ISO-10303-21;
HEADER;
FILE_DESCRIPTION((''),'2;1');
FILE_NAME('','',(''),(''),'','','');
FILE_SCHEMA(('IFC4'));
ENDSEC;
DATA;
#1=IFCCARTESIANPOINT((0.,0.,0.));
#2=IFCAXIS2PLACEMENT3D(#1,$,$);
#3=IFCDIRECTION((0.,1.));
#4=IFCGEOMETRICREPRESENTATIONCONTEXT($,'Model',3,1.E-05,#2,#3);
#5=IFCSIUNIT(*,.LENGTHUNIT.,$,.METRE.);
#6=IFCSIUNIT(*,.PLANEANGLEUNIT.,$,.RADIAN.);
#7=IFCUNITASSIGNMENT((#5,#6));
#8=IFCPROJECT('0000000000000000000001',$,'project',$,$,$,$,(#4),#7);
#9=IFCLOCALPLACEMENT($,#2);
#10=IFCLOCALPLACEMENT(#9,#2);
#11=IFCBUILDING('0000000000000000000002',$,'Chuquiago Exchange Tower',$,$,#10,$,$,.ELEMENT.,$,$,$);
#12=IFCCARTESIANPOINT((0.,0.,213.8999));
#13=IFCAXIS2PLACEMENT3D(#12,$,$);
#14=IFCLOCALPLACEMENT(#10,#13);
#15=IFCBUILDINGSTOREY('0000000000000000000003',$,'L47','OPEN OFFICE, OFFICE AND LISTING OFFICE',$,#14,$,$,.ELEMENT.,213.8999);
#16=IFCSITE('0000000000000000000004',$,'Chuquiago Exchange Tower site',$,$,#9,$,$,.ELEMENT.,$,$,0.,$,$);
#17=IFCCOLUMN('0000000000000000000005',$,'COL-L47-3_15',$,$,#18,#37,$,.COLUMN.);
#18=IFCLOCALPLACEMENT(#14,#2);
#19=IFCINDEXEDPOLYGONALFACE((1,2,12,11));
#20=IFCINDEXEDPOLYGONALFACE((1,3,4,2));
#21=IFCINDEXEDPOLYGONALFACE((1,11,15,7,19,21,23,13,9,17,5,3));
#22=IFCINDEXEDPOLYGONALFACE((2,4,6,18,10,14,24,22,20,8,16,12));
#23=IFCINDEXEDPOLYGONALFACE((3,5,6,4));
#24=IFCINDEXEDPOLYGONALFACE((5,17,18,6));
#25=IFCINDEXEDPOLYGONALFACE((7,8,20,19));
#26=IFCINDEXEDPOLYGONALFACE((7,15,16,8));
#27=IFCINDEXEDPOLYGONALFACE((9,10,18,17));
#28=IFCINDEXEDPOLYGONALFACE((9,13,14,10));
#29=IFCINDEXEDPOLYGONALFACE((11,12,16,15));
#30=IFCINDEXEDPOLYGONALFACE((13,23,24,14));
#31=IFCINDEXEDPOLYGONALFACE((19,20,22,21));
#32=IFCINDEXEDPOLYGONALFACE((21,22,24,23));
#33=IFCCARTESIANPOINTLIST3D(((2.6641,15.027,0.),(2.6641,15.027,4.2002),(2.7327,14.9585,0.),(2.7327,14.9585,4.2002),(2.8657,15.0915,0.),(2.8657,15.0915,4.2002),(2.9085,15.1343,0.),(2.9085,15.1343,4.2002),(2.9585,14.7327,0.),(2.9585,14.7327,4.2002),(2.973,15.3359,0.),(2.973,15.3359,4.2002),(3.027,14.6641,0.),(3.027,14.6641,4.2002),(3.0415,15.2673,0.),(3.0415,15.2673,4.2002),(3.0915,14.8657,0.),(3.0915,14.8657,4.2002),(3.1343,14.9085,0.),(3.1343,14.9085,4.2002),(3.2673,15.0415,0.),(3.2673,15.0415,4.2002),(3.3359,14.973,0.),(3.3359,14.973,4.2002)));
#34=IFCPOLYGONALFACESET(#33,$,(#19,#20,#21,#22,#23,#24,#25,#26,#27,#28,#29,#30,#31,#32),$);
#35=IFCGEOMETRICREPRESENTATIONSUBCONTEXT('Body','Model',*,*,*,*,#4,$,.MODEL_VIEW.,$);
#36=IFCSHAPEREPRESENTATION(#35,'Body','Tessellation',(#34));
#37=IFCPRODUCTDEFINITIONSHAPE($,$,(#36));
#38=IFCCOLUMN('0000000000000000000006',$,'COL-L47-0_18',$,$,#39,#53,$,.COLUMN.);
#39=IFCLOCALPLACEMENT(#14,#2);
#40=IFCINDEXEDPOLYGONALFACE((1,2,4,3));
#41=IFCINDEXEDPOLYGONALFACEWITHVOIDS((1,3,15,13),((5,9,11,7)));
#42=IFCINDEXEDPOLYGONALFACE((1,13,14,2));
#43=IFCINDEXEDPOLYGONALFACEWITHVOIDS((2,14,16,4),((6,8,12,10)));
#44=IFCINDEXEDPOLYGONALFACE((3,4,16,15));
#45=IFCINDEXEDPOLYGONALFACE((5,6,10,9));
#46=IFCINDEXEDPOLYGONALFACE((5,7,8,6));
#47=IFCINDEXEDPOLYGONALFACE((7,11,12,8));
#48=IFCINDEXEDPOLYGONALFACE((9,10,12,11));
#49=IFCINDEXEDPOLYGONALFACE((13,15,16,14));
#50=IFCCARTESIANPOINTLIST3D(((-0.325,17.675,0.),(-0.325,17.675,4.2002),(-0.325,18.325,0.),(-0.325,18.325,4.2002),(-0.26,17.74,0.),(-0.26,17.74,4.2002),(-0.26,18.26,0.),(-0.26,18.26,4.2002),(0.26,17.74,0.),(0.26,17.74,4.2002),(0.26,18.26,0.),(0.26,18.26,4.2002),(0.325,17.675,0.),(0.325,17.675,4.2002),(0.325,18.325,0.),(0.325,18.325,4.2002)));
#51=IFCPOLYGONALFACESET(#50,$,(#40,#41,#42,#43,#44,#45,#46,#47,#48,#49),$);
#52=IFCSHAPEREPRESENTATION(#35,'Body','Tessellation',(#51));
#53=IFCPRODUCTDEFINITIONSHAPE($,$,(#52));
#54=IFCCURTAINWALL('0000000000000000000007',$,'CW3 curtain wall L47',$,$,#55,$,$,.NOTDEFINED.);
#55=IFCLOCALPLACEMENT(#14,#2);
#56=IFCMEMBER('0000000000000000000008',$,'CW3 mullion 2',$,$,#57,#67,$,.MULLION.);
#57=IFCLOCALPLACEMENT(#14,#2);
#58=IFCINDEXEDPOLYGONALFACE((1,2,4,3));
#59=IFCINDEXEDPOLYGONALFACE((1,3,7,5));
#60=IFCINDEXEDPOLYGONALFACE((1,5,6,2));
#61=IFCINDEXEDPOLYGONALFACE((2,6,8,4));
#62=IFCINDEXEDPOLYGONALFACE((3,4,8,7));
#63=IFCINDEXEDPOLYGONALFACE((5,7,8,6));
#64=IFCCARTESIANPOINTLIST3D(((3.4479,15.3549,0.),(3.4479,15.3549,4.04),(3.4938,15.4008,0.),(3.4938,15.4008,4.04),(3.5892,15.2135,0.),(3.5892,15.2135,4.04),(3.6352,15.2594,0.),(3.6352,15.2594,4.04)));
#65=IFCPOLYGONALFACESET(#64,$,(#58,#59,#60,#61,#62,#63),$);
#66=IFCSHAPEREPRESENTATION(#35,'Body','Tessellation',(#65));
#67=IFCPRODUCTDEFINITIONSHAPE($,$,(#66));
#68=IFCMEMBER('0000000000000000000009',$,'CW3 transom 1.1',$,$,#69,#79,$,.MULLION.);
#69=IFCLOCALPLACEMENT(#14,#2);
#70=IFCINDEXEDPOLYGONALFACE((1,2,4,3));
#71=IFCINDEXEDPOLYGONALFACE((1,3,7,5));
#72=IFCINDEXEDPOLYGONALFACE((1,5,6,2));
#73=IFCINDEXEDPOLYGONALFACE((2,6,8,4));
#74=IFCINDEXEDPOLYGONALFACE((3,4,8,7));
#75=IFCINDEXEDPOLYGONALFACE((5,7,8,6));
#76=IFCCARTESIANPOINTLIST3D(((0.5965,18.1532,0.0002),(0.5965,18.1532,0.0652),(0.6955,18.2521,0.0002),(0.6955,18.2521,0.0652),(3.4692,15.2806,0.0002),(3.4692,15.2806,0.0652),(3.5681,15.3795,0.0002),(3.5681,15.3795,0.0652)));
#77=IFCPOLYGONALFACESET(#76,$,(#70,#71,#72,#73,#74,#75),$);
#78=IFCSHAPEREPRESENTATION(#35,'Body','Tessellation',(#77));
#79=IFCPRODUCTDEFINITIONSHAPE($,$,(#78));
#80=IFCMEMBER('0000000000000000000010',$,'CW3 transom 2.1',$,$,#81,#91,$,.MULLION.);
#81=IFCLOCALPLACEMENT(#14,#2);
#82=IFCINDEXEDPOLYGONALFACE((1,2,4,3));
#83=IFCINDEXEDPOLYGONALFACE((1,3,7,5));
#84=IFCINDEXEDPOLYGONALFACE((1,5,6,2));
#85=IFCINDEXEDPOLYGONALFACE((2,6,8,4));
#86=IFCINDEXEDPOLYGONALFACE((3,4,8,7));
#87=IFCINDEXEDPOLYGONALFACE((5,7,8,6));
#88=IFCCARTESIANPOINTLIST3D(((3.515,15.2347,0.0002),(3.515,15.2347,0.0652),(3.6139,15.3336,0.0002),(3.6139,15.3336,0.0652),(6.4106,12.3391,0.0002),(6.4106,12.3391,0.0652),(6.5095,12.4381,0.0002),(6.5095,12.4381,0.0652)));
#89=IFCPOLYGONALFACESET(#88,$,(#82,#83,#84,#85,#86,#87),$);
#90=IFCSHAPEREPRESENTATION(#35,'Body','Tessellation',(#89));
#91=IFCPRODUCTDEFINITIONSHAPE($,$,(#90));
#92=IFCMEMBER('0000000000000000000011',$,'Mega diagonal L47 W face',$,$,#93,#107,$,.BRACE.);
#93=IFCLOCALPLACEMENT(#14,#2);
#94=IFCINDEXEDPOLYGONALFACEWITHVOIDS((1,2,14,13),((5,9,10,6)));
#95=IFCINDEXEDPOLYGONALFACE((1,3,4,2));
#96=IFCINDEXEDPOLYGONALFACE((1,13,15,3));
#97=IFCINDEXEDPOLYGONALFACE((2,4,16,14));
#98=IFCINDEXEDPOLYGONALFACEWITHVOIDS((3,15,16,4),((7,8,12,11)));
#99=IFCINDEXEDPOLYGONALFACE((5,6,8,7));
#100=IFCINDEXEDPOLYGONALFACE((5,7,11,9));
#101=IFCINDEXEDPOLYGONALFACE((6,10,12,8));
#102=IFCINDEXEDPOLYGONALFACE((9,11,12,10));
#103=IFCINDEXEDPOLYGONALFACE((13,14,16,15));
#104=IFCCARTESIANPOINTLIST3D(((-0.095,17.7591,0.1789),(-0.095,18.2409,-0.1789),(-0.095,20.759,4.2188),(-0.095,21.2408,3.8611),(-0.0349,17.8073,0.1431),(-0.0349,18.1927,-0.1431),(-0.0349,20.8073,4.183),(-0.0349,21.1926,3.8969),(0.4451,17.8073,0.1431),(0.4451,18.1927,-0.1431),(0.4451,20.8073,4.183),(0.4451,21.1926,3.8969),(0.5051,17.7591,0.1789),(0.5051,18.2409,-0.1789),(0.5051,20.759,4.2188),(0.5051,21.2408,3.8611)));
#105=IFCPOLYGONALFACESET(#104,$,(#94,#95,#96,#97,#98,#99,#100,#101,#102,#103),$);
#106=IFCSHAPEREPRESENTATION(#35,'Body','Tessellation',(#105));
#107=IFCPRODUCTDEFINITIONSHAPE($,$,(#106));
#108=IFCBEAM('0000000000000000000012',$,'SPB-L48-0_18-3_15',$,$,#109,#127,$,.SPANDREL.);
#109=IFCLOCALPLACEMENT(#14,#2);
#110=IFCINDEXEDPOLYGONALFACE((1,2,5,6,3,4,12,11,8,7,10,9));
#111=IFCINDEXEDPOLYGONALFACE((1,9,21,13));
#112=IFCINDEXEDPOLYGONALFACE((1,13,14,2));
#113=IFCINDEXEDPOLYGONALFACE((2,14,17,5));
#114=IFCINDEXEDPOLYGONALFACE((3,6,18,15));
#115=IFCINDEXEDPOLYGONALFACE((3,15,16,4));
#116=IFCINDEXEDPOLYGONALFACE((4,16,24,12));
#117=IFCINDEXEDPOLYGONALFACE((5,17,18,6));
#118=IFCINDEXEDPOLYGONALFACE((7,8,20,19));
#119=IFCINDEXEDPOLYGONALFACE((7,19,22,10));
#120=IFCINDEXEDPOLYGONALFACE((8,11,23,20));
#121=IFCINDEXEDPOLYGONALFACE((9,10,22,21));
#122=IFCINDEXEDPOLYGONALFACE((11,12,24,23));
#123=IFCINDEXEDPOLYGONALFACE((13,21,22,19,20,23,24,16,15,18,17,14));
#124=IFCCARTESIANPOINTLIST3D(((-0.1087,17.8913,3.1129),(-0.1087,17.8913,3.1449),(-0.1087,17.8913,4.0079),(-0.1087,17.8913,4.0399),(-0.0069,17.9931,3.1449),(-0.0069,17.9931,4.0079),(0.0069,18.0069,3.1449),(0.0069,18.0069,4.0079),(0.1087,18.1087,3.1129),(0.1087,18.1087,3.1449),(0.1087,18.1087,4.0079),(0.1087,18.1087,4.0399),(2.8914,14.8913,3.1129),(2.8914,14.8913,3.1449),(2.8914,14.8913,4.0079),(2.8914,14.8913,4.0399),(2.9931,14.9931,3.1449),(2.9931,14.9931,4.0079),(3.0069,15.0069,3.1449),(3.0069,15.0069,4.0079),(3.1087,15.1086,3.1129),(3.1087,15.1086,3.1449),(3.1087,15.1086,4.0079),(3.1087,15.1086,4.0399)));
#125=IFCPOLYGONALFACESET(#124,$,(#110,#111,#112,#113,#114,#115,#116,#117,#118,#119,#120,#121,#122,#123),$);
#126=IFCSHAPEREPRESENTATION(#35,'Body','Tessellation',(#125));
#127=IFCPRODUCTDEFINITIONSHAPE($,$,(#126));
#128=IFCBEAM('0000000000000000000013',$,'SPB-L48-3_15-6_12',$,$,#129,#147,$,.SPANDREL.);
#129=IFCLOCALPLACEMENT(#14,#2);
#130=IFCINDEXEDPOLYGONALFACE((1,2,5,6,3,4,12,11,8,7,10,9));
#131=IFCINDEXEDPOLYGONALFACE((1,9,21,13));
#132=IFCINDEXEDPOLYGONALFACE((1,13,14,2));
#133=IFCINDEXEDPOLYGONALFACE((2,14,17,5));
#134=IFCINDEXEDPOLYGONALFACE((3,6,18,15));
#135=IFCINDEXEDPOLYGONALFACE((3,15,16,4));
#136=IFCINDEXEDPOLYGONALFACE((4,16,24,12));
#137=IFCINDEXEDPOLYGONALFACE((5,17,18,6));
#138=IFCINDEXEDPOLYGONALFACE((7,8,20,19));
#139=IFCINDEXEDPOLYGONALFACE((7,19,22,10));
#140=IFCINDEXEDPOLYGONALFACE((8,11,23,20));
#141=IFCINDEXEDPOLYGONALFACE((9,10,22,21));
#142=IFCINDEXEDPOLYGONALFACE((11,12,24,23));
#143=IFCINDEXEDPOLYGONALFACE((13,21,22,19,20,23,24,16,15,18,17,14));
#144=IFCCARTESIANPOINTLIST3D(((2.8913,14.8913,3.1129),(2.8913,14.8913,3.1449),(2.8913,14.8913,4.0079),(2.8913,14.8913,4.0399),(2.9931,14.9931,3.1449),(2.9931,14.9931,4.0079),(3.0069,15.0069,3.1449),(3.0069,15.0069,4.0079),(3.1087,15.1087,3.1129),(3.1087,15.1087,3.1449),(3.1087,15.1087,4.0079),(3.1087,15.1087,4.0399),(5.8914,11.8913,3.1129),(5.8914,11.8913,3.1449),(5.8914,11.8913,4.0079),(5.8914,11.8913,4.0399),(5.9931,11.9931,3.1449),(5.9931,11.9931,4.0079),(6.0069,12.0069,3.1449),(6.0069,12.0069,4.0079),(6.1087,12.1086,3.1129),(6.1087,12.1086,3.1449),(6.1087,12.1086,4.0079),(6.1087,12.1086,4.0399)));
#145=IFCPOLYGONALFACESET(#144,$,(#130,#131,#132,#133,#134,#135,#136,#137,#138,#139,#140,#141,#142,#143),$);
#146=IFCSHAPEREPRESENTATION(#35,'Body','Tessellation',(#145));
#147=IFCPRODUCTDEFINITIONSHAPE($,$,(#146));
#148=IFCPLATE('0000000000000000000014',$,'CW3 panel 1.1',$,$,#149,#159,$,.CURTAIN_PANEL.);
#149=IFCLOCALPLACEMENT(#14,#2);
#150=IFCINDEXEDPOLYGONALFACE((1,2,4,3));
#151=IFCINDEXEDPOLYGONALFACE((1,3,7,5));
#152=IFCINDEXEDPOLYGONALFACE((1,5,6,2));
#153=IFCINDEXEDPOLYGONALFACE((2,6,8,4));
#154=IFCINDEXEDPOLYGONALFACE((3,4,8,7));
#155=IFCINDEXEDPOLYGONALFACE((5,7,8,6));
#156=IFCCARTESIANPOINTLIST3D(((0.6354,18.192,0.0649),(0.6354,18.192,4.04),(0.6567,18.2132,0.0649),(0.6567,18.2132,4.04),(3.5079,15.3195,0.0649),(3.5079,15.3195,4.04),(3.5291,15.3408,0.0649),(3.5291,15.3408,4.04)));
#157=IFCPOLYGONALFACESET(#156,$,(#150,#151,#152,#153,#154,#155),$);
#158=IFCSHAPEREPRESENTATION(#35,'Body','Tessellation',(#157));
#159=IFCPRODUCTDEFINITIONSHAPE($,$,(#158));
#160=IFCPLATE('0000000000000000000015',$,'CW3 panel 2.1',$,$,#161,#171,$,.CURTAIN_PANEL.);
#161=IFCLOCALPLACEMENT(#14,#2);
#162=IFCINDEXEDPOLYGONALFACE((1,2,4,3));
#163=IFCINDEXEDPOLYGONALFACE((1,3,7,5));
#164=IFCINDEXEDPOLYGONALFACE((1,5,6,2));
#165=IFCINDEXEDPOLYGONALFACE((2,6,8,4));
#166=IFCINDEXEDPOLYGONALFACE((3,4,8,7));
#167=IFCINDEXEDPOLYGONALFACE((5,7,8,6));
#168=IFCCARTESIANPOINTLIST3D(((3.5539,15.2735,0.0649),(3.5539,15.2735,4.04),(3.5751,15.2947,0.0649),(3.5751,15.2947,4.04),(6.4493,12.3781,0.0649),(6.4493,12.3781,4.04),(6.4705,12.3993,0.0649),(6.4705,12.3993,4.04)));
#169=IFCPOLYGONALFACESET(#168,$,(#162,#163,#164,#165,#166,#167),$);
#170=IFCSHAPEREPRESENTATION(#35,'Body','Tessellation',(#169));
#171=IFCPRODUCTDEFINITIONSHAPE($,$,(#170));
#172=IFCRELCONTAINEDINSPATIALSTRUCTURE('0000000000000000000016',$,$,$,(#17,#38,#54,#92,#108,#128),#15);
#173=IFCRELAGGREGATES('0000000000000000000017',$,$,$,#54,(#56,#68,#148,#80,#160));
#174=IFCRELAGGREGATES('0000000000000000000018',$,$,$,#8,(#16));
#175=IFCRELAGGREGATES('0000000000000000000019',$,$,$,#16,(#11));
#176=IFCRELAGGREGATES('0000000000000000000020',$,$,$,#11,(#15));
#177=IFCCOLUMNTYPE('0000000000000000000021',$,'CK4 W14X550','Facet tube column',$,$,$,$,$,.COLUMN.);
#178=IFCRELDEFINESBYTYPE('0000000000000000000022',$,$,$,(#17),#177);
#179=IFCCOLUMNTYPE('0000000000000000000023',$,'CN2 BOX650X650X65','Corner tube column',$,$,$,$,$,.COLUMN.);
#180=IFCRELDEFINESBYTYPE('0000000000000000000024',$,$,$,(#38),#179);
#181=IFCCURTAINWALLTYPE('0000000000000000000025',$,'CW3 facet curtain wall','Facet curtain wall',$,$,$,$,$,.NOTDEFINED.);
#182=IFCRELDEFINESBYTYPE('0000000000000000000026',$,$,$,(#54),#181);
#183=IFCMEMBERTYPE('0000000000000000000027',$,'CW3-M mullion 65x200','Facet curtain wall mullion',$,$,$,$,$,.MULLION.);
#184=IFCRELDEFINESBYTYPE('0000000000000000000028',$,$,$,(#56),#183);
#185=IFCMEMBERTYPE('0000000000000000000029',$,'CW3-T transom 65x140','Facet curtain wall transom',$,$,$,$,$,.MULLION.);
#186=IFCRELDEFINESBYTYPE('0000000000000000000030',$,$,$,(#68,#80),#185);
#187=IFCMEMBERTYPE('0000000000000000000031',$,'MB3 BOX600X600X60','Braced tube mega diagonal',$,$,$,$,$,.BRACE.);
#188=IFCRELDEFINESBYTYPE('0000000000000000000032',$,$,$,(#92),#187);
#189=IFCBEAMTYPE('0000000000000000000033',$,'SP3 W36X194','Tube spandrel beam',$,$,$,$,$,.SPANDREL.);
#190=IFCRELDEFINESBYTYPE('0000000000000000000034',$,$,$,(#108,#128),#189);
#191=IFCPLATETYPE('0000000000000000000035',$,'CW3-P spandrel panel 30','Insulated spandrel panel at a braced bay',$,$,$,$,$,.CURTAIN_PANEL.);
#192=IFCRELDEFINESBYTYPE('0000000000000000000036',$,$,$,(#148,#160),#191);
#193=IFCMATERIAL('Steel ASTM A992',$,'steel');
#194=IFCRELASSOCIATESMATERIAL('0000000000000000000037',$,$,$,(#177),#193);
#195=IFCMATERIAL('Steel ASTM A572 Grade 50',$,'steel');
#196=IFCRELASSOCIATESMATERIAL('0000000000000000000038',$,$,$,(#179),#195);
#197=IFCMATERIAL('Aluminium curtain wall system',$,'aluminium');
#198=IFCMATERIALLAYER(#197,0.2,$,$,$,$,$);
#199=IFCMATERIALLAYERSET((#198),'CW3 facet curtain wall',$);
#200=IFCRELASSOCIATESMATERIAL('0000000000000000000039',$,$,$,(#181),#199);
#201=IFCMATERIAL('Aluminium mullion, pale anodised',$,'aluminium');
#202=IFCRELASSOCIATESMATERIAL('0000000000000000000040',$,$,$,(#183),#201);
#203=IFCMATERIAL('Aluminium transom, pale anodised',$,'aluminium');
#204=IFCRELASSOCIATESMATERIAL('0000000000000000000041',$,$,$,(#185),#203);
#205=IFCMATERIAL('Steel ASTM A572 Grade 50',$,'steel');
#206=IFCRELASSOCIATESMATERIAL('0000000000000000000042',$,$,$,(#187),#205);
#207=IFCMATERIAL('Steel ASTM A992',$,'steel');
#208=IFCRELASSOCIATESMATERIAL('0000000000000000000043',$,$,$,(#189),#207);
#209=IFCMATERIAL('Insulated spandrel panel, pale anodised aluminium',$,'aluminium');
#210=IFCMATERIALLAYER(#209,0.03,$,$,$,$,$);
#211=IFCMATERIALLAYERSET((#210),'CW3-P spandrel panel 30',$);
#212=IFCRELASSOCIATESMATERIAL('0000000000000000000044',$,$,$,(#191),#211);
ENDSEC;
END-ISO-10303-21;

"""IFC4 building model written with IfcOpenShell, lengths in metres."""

from ifc_helpers import new_model, si_unit, direction, frame, origin, origin_2d, place, context, subcontext, project, spatial, rectangle, hollow_rectangle, i_section, extrude, material, layer, layer_set, material_profile, profile_set, type_object, element, aggregate, save


model = new_model("IFC4")

# Units and contexts
model_context = context("Model", 3, precision=1e-05, world=origin(), true_north=direction((0.0, 1.0)))
body_context = subcontext(model_context, "Body", "Model", "MODEL_VIEW")
ifc_project = project(units=[si_unit("LENGTHUNIT", "METRE"), si_unit("PLANEANGLEUNIT", "RADIAN")], contexts=[model_context])

# Site, building, storey
site_placement = place(None, origin())
site = spatial("IfcSite", under=ifc_project, at=site_placement, Name="Chuquiago Exchange Tower site", CompositionType="ELEMENT", RefElevation=0.0)
building_placement = place(site_placement, origin())
building = spatial("IfcBuilding", under=site, at=building_placement, Name="Chuquiago Exchange Tower", CompositionType="ELEMENT")
storey_placement = place(building_placement, frame((0.0, 0.0, 213.8999)))
storey = spatial("IfcBuildingStorey", under=building, at=storey_placement, Name="L47", Description="OPEN OFFICE, OFFICE AND LISTING OFFICE", CompositionType="ELEMENT", Elevation=213.8999)

# Columns
ifc_material_1 = material(Name="Steel ASTM A992", Category="steel")
ifc_material_profile_1 = material_profile(ifc_material_1, i_section(OverallWidth=0.4368, OverallDepth=0.5132, WebThickness=0.0605, FlangeThickness=0.0969, at=origin_2d()), Name="W14X550")
ifc_profile_set_1 = profile_set([ifc_material_profile_1], Name="Steel ASTM A992")
column_type_1 = type_object("IfcColumnType", Name="CK4 W14X550", Description="Facet tube column", PredefinedType="COLUMN", material=ifc_profile_set_1)
column_1_placement = place(storey_placement, frame((3.0, 15.0, 0.0), z_axis=(0.0, 0.0, 1.0), x_axis=(-0.707107, -0.707107, 0.0)))
element("IfcColumn", 1, at=column_1_placement, inside=storey, type_object=column_type_1, Name="COL-L47-3_15", PredefinedType="COLUMN", context=body_context, shape_type="SweptSolid", body=[
    extrude(i_section(OverallWidth=0.4368, OverallDepth=0.5132, WebThickness=0.0605, FlangeThickness=0.0969, at=origin_2d()), origin(), (0.0, 0.0, 1.0), 4.2002),
])
ifc_material_2 = material(Name="Steel ASTM A572 Grade 50", Category="steel")
ifc_material_profile_2 = material_profile(ifc_material_2, hollow_rectangle(XDim=0.6499, YDim=0.6499, WallThickness=0.0649, at=origin_2d()), Name="BOX650X650X65")
ifc_profile_set_2 = profile_set([ifc_material_profile_2], Name="Steel ASTM A572 Grade 50")
column_type_2 = type_object("IfcColumnType", Name="CN2 BOX650X650X65", Description="Corner tube column", PredefinedType="COLUMN", material=ifc_profile_set_2)
column_2_placement = place(storey_placement, frame((0.0, 18.0, 0.0), z_axis=(0.0, 0.0, 1.0), x_axis=(-1.0, 0.0, 0.0)))
element("IfcColumn", 2, at=column_2_placement, inside=storey, type_object=column_type_2, Name="COL-L47-0_18", PredefinedType="COLUMN", context=body_context, shape_type="SweptSolid", body=[
    extrude(hollow_rectangle(XDim=0.6499, YDim=0.6499, WallThickness=0.0649, at=origin_2d()), origin(), (0.0, 0.0, 1.0), 4.2002),
])

# Curtain wall, members
ifc_material_3 = material(Name="Aluminium curtain wall system", Category="aluminium")
ifc_layer_1 = layer(ifc_material_3, 0.2)
ifc_layer_set_1 = layer_set([ifc_layer_1], Name="CW3 facet curtain wall")
curtain_wall_type = type_object("IfcCurtainWallType", Name="CW3 facet curtain wall", Description="Facet curtain wall", PredefinedType="NOTDEFINED", material=ifc_layer_set_1)
curtain_wall_placement = place(storey_placement, origin())
curtain_wall = element("IfcCurtainWall", 3, at=curtain_wall_placement, inside=storey, type_object=curtain_wall_type, Name="CW3 curtain wall L47", PredefinedType="NOTDEFINED")
ifc_material_4 = material(Name="Aluminium mullion, pale anodised", Category="aluminium")
ifc_material_profile_3 = material_profile(ifc_material_4, rectangle(XDim=0.0649, YDim=0.2, at=origin_2d()), Name="AL 65x200")
ifc_profile_set_3 = profile_set([ifc_material_profile_3], Name="Aluminium mullion, pale anodised")
member_type_1 = type_object("IfcMemberType", Name="CW3-M mullion 65x200", Description="Facet curtain wall mullion", PredefinedType="MULLION", material=ifc_profile_set_3)
member_1_placement = place(storey_placement, frame((3.5415, 15.3071, 0.0), z_axis=(0.0, 0.0, 1.0), x_axis=(0.707107, 0.707107, 0.0)))
member_1 = element("IfcMember", 4, at=member_1_placement, type_object=member_type_1, Name="CW3 mullion 2", PredefinedType="MULLION", context=body_context, shape_type="SweptSolid", body=[
    extrude(rectangle(XDim=0.0649, YDim=0.2, at=origin_2d()), origin(), (0.0, 0.0, 1.0), 4.04),
])
ifc_material_5 = material(Name="Aluminium transom, pale anodised", Category="aluminium")
ifc_material_profile_4 = material_profile(ifc_material_5, rectangle(XDim=0.1399, YDim=0.0649, at=origin_2d()), Name="AL 140x65")
ifc_profile_set_4 = profile_set([ifc_material_profile_4], Name="Aluminium transom, pale anodised")
member_type_2 = type_object("IfcMemberType", Name="CW3-T transom 65x140", Description="Facet curtain wall transom", PredefinedType="MULLION", material=ifc_profile_set_4)
member_2_placement = place(storey_placement, frame((0.646, 18.2026, 0.0327), z_axis=(0.707107, -0.707107, 0.0), x_axis=(0.707107, 0.707107, 0.0)))
member_2 = element("IfcMember", 5, at=member_2_placement, type_object=member_type_2, Name="CW3 transom 1.1", PredefinedType="MULLION", context=body_context, shape_type="SweptSolid", body=[
    extrude(rectangle(XDim=0.1399, YDim=0.0649, at=origin_2d()), origin(), (0.0, 0.0, 1.0), 4.0625),
])
member_3_placement = place(storey_placement, frame((3.5645, 15.2842, 0.0327), z_axis=(0.707107, -0.707107, 0.0), x_axis=(0.707107, 0.707107, 0.0)))
member_3 = element("IfcMember", 6, at=member_3_placement, type_object=member_type_2, Name="CW3 transom 2.1", PredefinedType="MULLION", context=body_context, shape_type="SweptSolid", body=[
    extrude(rectangle(XDim=0.1399, YDim=0.0649, at=origin_2d()), origin(), (0.0, 0.0, 1.0), 4.095),
])

# Member
ifc_material_6 = material(Name="Steel ASTM A572 Grade 50", Category="steel")
ifc_material_profile_5 = material_profile(ifc_material_6, hollow_rectangle(XDim=0.6001, YDim=0.6001, WallThickness=0.0601, at=origin_2d()), Name="BOX600X600X60")
ifc_profile_set_5 = profile_set([ifc_material_profile_5], Name="Steel ASTM A572 Grade 50")
member_type_3 = type_object("IfcMemberType", Name="MB3 BOX600X600X60", Description="Braced tube mega diagonal", PredefinedType="BRACE", material=ifc_profile_set_5)
member_4_placement = place(storey_placement, frame((0.2051, 18.0, 0.0), z_axis=(0.0, 0.596174, 0.802855), x_axis=(-1.0, 0.0, 0.0)))
element("IfcMember", 7, at=member_4_placement, inside=storey, type_object=member_type_3, Name="Mega diagonal L47 W face", PredefinedType="BRACE", context=body_context, shape_type="SweptSolid", body=[
    extrude(hollow_rectangle(XDim=0.6001, YDim=0.6001, WallThickness=0.0601, at=origin_2d()), origin(), (0.0, 0.0, 1.0), 5.032),
])

# Beams
ifc_material_7 = material(Name="Steel ASTM A992", Category="steel")
ifc_material_profile_6 = material_profile(ifc_material_7, i_section(OverallWidth=0.3074, OverallDepth=0.927, WebThickness=0.0195, FlangeThickness=0.032, at=origin_2d()), Name="W36X194")
ifc_profile_set_6 = profile_set([ifc_material_profile_6], Name="Steel ASTM A992")
beam_type = type_object("IfcBeamType", Name="SP3 W36X194", Description="Tube spandrel beam", PredefinedType="SPANDREL", material=ifc_profile_set_6)
for number, where, z_axis, x_axis, name in (
    (8, (0.0, 18.0, 3.5764), (0.707107, -0.707107, 0.0), (0.707107, 0.707107, 0.0), "SPB-L48-0_18-3_15"),
    (9, (3.0, 15.0, 3.5764), (0.707107, -0.707107, 0.0), (0.707107, 0.707107, 0.0), "SPB-L48-3_15-6_12"),
):
    element("IfcBeam", number, at=place(storey_placement, frame(where, z_axis=z_axis, x_axis=x_axis)), inside=storey, type_object=beam_type, Name=name, PredefinedType="SPANDREL", context=body_context, shape_type="SweptSolid", body=[
        extrude(i_section(OverallWidth=0.3074, OverallDepth=0.927, WebThickness=0.0195, FlangeThickness=0.032, at=origin_2d()), origin(), (0.0, 0.0, 1.0), 4.2427),
    ])

# Plates
ifc_material_8 = material(Name="Insulated spandrel panel, pale anodised aluminium", Category="aluminium")
ifc_layer_2 = layer(ifc_material_8, 0.03)
ifc_layer_set_2 = layer_set([ifc_layer_2], Name="CW3-P spandrel panel 30")
plate_type = type_object("IfcPlateType", Name="CW3-P spandrel panel 30", Description="Insulated spandrel panel at a braced bay", PredefinedType="CURTAIN_PANEL", material=ifc_layer_set_2)
plate_1_placement = place(storey_placement, frame((2.0823, 16.7664, 0.0649), z_axis=(0.0, 0.0, 1.0), x_axis=(0.707107, -0.707107, 0.0)))
plate_1 = element("IfcPlate", 10, at=plate_1_placement, type_object=plate_type, Name="CW3 panel 1.1", PredefinedType="CURTAIN_PANEL", context=body_context, shape_type="SweptSolid", body=[
    extrude(rectangle(XDim=4.0623, YDim=0.03, at=origin_2d()), origin(), (0.0, 0.0, 1.0), 3.9751),
])
plate_2_placement = place(storey_placement, frame((5.0122, 13.8364, 0.0649), z_axis=(0.0, 0.0, 1.0), x_axis=(0.707107, -0.707107, 0.0)))
plate_2 = element("IfcPlate", 11, at=plate_2_placement, type_object=plate_type, Name="CW3 panel 2.1", PredefinedType="CURTAIN_PANEL", context=body_context, shape_type="SweptSolid", body=[
    extrude(rectangle(XDim=4.0947, YDim=0.03, at=origin_2d()), origin(), (0.0, 0.0, 1.0), 3.9751),
])
aggregate(curtain_wall, [member_1, member_2, plate_1, member_3, plate_2])

save(model, "model.ifc")
